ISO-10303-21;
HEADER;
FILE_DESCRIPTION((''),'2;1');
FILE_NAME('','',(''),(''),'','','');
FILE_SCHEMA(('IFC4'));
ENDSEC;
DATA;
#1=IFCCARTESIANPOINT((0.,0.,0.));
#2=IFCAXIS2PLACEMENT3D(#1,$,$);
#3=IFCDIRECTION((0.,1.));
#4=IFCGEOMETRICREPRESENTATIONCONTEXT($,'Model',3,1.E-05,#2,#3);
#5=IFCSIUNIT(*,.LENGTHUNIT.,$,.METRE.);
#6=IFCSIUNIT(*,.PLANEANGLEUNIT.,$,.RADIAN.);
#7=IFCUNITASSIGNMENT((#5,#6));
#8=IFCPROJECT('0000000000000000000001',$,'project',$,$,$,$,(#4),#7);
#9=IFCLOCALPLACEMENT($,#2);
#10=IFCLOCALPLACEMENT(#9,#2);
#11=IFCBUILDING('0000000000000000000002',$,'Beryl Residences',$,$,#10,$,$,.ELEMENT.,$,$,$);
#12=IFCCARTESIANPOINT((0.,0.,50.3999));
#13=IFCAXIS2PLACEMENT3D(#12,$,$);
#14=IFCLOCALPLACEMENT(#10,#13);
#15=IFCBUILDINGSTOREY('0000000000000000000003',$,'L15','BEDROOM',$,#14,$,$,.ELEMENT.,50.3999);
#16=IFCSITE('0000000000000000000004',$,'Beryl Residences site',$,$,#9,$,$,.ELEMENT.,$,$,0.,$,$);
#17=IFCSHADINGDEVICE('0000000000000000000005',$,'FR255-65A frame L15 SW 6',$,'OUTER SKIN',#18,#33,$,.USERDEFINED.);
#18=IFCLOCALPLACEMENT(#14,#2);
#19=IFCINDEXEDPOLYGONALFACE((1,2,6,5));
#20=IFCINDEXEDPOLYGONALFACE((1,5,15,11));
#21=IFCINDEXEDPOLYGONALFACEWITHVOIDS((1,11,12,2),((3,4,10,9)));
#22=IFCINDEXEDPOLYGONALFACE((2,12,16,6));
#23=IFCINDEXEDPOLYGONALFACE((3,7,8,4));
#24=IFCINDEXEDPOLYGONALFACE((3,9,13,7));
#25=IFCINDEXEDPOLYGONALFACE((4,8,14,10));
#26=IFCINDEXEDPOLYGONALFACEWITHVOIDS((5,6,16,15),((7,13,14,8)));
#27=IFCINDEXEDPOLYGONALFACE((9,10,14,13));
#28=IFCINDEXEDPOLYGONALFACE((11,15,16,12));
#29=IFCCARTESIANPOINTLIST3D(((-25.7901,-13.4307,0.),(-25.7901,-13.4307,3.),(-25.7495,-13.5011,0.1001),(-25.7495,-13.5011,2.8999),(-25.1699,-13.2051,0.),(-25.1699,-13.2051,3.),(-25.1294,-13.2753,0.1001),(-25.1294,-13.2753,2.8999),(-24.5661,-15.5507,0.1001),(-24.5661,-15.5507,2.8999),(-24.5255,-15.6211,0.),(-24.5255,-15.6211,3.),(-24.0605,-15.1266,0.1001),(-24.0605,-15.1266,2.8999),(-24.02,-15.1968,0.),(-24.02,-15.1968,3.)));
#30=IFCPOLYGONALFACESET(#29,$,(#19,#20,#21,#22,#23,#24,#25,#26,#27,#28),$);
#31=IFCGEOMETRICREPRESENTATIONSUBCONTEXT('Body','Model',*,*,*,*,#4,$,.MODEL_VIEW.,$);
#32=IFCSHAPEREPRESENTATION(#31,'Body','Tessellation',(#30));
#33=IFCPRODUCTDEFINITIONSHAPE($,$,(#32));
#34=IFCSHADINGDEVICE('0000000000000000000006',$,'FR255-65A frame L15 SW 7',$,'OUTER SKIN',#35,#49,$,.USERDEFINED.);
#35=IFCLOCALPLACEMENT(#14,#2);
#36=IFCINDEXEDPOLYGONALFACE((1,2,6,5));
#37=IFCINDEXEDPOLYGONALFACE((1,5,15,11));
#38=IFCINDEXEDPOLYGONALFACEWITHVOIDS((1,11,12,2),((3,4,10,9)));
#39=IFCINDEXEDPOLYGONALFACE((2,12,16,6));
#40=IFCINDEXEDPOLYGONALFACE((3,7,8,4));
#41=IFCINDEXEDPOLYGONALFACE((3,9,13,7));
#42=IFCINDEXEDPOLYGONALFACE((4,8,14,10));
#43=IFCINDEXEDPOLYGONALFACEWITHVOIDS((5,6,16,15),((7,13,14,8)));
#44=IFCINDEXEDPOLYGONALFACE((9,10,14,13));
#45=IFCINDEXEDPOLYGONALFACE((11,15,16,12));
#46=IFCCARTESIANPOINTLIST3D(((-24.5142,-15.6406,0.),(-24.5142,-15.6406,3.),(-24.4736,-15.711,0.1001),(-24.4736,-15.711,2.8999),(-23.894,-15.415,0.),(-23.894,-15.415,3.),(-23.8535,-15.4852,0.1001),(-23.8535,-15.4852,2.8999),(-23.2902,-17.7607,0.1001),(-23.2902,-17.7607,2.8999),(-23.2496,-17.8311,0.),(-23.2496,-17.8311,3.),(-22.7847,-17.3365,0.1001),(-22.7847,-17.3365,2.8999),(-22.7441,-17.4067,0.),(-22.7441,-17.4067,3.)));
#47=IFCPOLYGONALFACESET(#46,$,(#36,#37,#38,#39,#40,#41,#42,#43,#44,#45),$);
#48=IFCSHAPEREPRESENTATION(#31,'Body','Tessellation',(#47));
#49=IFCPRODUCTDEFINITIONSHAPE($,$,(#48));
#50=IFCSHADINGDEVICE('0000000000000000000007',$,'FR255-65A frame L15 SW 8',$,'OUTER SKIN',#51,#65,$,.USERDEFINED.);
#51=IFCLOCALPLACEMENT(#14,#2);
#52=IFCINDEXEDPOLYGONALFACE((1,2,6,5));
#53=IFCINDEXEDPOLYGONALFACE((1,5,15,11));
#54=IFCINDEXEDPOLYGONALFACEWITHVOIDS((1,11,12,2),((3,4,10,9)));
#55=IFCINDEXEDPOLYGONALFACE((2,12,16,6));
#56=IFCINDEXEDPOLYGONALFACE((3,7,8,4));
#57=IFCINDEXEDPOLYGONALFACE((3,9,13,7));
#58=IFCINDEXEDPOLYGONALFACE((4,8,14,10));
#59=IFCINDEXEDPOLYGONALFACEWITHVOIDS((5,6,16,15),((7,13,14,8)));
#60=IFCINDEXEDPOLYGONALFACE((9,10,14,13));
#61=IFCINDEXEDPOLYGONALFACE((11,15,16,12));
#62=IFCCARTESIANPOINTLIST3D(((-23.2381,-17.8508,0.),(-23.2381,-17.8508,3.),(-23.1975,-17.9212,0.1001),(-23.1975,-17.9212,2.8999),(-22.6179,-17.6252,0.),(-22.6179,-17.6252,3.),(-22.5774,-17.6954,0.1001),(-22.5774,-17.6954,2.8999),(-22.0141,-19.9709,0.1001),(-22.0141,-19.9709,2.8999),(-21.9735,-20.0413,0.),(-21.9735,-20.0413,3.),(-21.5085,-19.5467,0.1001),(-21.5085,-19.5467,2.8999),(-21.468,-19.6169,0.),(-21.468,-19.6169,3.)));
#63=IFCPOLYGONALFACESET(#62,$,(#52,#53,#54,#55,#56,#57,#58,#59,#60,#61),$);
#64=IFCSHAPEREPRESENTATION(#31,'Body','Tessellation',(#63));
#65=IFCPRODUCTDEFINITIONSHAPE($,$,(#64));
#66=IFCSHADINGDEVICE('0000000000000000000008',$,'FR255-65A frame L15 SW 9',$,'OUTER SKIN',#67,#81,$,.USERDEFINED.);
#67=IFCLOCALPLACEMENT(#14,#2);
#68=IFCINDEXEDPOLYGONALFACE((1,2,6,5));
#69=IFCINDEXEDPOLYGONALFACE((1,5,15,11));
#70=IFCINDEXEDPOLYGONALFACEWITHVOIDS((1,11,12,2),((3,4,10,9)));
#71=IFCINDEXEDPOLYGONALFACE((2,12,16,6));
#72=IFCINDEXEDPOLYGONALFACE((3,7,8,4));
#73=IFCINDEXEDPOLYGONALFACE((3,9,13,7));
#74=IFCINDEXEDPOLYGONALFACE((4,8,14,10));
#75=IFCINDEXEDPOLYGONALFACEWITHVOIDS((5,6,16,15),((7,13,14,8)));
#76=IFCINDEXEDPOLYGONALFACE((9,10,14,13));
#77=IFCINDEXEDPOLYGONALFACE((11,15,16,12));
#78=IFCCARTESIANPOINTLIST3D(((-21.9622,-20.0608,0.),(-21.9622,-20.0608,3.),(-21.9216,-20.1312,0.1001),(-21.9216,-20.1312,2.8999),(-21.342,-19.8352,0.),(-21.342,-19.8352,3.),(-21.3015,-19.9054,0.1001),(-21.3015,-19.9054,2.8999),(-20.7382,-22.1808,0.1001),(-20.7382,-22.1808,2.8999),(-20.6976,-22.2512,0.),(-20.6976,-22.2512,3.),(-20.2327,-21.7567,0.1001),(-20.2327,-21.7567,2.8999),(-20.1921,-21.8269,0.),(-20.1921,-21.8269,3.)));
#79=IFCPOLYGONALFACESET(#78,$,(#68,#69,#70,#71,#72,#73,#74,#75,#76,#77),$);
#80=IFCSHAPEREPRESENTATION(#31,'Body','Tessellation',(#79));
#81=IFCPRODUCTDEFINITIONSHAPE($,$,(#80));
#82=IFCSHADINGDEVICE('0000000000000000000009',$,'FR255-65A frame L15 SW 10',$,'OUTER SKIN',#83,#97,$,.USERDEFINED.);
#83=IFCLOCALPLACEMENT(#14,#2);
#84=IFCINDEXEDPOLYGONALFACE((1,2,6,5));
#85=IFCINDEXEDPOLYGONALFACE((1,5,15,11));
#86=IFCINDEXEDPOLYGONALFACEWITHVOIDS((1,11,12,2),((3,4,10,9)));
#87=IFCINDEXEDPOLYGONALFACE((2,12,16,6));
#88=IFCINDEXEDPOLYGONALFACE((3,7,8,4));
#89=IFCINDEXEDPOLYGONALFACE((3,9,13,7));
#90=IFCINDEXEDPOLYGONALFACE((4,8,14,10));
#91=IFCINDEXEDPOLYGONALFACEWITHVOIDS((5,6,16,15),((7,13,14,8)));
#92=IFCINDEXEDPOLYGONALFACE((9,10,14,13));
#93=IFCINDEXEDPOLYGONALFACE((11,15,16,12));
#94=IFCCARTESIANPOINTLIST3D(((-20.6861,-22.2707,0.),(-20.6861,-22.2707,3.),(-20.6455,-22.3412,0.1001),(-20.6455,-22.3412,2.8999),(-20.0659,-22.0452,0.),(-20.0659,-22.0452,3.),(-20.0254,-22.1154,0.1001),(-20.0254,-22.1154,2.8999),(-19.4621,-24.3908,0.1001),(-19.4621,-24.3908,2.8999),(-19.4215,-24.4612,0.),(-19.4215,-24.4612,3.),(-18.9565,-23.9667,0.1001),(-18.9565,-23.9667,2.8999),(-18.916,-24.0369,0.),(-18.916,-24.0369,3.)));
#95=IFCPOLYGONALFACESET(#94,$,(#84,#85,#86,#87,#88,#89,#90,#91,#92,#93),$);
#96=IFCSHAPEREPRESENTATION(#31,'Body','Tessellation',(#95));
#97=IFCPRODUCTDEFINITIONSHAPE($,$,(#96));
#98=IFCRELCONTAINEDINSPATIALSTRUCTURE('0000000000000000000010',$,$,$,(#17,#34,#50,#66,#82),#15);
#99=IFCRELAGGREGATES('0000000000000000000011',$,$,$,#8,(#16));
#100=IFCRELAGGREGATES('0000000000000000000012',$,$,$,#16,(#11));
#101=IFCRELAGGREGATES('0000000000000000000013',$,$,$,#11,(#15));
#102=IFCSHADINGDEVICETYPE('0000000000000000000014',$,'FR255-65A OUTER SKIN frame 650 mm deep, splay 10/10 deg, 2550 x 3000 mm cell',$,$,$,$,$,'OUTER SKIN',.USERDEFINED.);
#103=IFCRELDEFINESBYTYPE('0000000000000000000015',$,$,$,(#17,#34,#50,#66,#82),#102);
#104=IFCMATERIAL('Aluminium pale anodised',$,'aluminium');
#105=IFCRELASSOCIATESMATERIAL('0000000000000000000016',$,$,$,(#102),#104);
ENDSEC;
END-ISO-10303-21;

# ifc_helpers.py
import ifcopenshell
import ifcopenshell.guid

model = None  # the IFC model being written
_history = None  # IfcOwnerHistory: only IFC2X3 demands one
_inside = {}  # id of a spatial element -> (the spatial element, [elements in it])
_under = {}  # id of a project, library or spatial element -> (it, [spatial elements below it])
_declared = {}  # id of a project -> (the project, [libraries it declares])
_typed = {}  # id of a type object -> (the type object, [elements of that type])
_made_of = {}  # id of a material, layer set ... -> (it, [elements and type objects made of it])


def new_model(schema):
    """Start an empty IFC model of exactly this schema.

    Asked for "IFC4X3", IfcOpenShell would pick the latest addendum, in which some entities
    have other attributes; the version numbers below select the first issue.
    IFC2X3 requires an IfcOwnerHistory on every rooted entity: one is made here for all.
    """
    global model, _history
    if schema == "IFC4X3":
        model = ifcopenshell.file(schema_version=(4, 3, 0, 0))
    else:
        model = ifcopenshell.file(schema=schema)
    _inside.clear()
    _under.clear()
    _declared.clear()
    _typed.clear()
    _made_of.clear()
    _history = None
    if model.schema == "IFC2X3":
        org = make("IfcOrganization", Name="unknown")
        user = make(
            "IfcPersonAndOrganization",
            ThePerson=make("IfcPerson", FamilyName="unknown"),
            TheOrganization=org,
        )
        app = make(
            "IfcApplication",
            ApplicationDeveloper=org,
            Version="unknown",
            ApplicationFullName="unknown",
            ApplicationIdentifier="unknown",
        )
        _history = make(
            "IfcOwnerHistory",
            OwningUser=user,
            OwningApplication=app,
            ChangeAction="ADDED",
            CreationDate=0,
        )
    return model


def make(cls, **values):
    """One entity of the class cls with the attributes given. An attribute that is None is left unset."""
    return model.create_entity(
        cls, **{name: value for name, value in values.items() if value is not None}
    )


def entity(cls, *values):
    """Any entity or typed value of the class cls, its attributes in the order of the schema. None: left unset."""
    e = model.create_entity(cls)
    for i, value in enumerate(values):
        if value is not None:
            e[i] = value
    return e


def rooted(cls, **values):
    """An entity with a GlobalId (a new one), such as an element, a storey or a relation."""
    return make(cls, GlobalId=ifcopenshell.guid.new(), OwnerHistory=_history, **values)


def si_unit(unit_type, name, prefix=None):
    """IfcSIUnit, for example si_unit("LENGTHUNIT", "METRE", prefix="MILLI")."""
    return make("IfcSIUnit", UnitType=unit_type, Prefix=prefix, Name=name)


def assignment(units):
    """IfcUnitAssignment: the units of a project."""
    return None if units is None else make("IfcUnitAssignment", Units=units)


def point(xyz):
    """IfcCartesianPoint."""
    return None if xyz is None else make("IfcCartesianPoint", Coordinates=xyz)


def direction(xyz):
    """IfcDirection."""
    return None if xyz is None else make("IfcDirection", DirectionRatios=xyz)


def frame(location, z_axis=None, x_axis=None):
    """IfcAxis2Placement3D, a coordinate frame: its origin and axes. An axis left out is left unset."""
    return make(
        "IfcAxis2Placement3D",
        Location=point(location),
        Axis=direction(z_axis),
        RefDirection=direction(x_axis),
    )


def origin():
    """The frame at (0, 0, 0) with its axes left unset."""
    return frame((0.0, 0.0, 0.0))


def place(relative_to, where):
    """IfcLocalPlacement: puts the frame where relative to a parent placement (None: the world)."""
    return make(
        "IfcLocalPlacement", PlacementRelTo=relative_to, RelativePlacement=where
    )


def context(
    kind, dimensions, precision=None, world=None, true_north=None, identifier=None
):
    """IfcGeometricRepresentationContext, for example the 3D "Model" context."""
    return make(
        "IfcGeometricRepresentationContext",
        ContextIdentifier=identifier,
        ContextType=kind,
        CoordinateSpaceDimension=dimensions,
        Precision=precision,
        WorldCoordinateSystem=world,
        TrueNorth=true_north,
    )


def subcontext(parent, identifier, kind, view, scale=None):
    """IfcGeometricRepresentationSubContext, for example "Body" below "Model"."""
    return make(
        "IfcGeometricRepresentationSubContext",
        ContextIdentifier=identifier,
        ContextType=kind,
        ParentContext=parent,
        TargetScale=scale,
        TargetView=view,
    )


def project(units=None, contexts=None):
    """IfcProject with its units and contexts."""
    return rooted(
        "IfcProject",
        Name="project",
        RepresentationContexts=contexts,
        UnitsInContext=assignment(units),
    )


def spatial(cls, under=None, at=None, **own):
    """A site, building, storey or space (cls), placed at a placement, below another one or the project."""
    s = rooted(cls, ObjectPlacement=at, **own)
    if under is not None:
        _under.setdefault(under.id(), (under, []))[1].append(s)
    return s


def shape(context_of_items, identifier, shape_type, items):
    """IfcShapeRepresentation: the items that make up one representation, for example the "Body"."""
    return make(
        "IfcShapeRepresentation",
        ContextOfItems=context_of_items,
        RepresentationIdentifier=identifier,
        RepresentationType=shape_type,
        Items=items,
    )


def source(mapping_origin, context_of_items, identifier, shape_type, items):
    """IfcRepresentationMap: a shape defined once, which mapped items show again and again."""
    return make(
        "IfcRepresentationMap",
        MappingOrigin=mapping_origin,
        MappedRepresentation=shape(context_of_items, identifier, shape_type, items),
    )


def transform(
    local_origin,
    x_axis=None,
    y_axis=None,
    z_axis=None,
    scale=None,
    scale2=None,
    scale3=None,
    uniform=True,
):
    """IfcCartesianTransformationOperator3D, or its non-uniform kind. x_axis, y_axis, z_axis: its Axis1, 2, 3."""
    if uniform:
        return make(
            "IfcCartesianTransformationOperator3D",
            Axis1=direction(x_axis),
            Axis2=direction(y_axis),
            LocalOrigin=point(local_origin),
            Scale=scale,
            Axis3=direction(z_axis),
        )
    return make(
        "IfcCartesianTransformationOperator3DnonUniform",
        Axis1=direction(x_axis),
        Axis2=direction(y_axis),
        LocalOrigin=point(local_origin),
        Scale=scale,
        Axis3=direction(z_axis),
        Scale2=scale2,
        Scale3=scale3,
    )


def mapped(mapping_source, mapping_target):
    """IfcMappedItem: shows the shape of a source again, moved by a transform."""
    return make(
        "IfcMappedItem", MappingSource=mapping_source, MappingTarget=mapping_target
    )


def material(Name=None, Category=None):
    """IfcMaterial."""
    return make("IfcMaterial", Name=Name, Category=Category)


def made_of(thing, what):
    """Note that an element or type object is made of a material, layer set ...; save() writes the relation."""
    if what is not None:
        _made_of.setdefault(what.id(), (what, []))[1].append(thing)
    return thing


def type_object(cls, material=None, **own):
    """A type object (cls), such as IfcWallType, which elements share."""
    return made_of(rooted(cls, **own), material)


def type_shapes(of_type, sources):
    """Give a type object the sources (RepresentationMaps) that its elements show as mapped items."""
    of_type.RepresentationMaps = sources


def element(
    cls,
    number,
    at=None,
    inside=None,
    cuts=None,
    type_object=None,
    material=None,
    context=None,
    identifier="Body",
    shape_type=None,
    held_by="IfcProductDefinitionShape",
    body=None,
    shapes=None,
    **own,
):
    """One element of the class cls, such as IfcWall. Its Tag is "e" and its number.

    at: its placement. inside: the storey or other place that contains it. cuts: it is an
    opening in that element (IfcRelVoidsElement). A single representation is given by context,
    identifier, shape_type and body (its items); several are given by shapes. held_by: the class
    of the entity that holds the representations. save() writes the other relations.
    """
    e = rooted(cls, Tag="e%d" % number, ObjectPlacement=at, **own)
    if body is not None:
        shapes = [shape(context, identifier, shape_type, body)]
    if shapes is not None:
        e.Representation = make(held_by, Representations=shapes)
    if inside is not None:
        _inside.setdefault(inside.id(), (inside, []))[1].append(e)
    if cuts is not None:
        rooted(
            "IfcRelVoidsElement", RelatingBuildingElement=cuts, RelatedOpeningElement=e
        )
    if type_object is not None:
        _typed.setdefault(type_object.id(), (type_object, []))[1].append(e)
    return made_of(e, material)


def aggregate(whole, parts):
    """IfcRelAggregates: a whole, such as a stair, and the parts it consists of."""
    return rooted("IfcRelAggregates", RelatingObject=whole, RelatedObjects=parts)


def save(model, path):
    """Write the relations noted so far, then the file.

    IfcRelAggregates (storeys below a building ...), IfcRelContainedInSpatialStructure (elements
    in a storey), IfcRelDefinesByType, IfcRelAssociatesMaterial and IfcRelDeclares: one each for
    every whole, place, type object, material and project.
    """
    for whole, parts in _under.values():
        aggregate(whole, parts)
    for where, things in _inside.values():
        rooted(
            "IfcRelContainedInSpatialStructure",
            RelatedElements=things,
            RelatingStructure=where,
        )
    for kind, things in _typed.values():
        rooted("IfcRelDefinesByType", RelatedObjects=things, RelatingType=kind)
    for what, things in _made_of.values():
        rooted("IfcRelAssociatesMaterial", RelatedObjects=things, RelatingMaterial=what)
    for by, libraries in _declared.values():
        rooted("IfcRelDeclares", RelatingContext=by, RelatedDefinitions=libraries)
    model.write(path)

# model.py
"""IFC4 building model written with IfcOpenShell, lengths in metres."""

from ifc_helpers import new_model, entity, si_unit, direction, frame, origin, place, context, subcontext, project, spatial, source, transform, mapped, material, type_object, type_shapes, element, save


model = new_model("IFC4")

# Units and contexts
model_context = context("Model", 3, precision=1e-05, world=origin(), true_north=direction((0.0, 1.0)))
body_context = subcontext(model_context, "Body", "Model", "MODEL_VIEW")
ifc_project = project(units=[si_unit("LENGTHUNIT", "METRE"), si_unit("PLANEANGLEUNIT", "RADIAN")], contexts=[model_context])

# Site, building, storey
site_placement = place(None, origin())
site = spatial("IfcSite", under=ifc_project, at=site_placement, Name="Beryl Residences site", CompositionType="ELEMENT", RefElevation=0.0)
building_placement = place(site_placement, origin())
building = spatial("IfcBuilding", under=site, at=building_placement, Name="Beryl Residences", CompositionType="ELEMENT")
storey_placement = place(building_placement, frame((0.0, 0.0, 50.3999)))
storey = spatial("IfcBuildingStorey", under=building, at=storey_placement, Name="L15", Description="BEDROOM", CompositionType="ELEMENT", Elevation=50.3999)

# Shading devices
ifc_material_1 = material(Name="Aluminium pale anodised", Category="aluminium")
shading_device_type_1 = type_object("IfcShadingDeviceType", Name="FR255-65A OUTER SKIN frame 650 mm deep, splay 10/10 deg, 2550 x 3000 mm cell", ElementType="OUTER SKIN", PredefinedType="USERDEFINED", material=ifc_material_1)
cartesian_point_1 = entity("IfcCartesianPoint", [-1.1499, 0.0])
cartesian_point_2 = entity("IfcCartesianPoint", [-1.0688, 0.1001])
cartesian_point_3 = entity("IfcCartesianPoint", [-1.2646, 0.0])
cartesian_point_4 = entity("IfcCartesianPoint", [-1.1833, 0.1001])
shared_shape_1 = source(origin(), body_context, "Body", "SweptSolid", [
    entity("IfcExtrudedAreaSolidTapered", entity("IfcArbitraryProfileDefWithVoids", "AREA", None, entity("IfcPolyline", [cartesian_point_1, entity("IfcCartesianPoint", [1.1499, 0.0]), entity("IfcCartesianPoint", [1.1499, 3.0]), entity("IfcCartesianPoint", [-1.1499, 3.0]), cartesian_point_1]), [entity("IfcPolyline", [cartesian_point_2, entity("IfcCartesianPoint", [1.0688, 0.1001]), entity("IfcCartesianPoint", [1.0688, 2.8999]), entity("IfcCartesianPoint", [-1.0688, 2.8999]), cartesian_point_2])]), entity("IfcAxis2Placement3D", entity("IfcCartesianPoint", [0.0, 0.0, 0.0]), entity("IfcDirection", [0.0, 1.0, 0.0]), entity("IfcDirection", [-1.0, 0.0, 0.0])), entity("IfcDirection", [0.0, 0.0, 1.0]), 0.6499, entity("IfcArbitraryProfileDefWithVoids", "AREA", None, entity("IfcPolyline", [cartesian_point_3, entity("IfcCartesianPoint", [1.2646, 0.0]), entity("IfcCartesianPoint", [1.2646, 3.0]), entity("IfcCartesianPoint", [-1.2646, 3.0]), cartesian_point_3]), [entity("IfcPolyline", [cartesian_point_4, entity("IfcCartesianPoint", [1.1833, 0.1001]), entity("IfcCartesianPoint", [1.1833, 2.8999]), entity("IfcCartesianPoint", [-1.1833, 2.8999]), cartesian_point_4])])),
])
type_shapes(shading_device_type_1, [shared_shape_1])
for number, where, z_axis, x_axis, name in (
    (1, (-24.595, -14.2009, 0.0), (0.0, 0.0, 1.0), (-0.5, 0.866025, 0.0), "FR255-65A frame L15 SW 6"),
    (2, (-23.3191, -16.4109, 0.0), (0.0, 0.0, 1.0), (-0.5, 0.866025, 0.0), "FR255-65A frame L15 SW 7"),
    (3, (-22.043, -18.6211, 0.0), (0.0, 0.0, 1.0), (-0.5, 0.866025, 0.0), "FR255-65A frame L15 SW 8"),
    (4, (-20.7671, -20.8311, 0.0), (0.0, 0.0, 1.0), (-0.5, 0.866025, 0.0), "FR255-65A frame L15 SW 9"),
    (5, (-19.491, -23.041, 0.0), (0.0, 0.0, 1.0), (-0.5, 0.866025, 0.0), "FR255-65A frame L15 SW 10"),
):
    element("IfcShadingDevice", number, at=place(storey_placement, frame(where, z_axis=z_axis, x_axis=x_axis)), inside=storey, type_object=shading_device_type_1, Name=name, ObjectType="OUTER SKIN", PredefinedType="USERDEFINED", context=body_context, shape_type="MappedRepresentation", body=[
        mapped(shared_shape_1, transform((0.0, 0.0, 0.0))),
    ])

save(model, "model.ifc")
